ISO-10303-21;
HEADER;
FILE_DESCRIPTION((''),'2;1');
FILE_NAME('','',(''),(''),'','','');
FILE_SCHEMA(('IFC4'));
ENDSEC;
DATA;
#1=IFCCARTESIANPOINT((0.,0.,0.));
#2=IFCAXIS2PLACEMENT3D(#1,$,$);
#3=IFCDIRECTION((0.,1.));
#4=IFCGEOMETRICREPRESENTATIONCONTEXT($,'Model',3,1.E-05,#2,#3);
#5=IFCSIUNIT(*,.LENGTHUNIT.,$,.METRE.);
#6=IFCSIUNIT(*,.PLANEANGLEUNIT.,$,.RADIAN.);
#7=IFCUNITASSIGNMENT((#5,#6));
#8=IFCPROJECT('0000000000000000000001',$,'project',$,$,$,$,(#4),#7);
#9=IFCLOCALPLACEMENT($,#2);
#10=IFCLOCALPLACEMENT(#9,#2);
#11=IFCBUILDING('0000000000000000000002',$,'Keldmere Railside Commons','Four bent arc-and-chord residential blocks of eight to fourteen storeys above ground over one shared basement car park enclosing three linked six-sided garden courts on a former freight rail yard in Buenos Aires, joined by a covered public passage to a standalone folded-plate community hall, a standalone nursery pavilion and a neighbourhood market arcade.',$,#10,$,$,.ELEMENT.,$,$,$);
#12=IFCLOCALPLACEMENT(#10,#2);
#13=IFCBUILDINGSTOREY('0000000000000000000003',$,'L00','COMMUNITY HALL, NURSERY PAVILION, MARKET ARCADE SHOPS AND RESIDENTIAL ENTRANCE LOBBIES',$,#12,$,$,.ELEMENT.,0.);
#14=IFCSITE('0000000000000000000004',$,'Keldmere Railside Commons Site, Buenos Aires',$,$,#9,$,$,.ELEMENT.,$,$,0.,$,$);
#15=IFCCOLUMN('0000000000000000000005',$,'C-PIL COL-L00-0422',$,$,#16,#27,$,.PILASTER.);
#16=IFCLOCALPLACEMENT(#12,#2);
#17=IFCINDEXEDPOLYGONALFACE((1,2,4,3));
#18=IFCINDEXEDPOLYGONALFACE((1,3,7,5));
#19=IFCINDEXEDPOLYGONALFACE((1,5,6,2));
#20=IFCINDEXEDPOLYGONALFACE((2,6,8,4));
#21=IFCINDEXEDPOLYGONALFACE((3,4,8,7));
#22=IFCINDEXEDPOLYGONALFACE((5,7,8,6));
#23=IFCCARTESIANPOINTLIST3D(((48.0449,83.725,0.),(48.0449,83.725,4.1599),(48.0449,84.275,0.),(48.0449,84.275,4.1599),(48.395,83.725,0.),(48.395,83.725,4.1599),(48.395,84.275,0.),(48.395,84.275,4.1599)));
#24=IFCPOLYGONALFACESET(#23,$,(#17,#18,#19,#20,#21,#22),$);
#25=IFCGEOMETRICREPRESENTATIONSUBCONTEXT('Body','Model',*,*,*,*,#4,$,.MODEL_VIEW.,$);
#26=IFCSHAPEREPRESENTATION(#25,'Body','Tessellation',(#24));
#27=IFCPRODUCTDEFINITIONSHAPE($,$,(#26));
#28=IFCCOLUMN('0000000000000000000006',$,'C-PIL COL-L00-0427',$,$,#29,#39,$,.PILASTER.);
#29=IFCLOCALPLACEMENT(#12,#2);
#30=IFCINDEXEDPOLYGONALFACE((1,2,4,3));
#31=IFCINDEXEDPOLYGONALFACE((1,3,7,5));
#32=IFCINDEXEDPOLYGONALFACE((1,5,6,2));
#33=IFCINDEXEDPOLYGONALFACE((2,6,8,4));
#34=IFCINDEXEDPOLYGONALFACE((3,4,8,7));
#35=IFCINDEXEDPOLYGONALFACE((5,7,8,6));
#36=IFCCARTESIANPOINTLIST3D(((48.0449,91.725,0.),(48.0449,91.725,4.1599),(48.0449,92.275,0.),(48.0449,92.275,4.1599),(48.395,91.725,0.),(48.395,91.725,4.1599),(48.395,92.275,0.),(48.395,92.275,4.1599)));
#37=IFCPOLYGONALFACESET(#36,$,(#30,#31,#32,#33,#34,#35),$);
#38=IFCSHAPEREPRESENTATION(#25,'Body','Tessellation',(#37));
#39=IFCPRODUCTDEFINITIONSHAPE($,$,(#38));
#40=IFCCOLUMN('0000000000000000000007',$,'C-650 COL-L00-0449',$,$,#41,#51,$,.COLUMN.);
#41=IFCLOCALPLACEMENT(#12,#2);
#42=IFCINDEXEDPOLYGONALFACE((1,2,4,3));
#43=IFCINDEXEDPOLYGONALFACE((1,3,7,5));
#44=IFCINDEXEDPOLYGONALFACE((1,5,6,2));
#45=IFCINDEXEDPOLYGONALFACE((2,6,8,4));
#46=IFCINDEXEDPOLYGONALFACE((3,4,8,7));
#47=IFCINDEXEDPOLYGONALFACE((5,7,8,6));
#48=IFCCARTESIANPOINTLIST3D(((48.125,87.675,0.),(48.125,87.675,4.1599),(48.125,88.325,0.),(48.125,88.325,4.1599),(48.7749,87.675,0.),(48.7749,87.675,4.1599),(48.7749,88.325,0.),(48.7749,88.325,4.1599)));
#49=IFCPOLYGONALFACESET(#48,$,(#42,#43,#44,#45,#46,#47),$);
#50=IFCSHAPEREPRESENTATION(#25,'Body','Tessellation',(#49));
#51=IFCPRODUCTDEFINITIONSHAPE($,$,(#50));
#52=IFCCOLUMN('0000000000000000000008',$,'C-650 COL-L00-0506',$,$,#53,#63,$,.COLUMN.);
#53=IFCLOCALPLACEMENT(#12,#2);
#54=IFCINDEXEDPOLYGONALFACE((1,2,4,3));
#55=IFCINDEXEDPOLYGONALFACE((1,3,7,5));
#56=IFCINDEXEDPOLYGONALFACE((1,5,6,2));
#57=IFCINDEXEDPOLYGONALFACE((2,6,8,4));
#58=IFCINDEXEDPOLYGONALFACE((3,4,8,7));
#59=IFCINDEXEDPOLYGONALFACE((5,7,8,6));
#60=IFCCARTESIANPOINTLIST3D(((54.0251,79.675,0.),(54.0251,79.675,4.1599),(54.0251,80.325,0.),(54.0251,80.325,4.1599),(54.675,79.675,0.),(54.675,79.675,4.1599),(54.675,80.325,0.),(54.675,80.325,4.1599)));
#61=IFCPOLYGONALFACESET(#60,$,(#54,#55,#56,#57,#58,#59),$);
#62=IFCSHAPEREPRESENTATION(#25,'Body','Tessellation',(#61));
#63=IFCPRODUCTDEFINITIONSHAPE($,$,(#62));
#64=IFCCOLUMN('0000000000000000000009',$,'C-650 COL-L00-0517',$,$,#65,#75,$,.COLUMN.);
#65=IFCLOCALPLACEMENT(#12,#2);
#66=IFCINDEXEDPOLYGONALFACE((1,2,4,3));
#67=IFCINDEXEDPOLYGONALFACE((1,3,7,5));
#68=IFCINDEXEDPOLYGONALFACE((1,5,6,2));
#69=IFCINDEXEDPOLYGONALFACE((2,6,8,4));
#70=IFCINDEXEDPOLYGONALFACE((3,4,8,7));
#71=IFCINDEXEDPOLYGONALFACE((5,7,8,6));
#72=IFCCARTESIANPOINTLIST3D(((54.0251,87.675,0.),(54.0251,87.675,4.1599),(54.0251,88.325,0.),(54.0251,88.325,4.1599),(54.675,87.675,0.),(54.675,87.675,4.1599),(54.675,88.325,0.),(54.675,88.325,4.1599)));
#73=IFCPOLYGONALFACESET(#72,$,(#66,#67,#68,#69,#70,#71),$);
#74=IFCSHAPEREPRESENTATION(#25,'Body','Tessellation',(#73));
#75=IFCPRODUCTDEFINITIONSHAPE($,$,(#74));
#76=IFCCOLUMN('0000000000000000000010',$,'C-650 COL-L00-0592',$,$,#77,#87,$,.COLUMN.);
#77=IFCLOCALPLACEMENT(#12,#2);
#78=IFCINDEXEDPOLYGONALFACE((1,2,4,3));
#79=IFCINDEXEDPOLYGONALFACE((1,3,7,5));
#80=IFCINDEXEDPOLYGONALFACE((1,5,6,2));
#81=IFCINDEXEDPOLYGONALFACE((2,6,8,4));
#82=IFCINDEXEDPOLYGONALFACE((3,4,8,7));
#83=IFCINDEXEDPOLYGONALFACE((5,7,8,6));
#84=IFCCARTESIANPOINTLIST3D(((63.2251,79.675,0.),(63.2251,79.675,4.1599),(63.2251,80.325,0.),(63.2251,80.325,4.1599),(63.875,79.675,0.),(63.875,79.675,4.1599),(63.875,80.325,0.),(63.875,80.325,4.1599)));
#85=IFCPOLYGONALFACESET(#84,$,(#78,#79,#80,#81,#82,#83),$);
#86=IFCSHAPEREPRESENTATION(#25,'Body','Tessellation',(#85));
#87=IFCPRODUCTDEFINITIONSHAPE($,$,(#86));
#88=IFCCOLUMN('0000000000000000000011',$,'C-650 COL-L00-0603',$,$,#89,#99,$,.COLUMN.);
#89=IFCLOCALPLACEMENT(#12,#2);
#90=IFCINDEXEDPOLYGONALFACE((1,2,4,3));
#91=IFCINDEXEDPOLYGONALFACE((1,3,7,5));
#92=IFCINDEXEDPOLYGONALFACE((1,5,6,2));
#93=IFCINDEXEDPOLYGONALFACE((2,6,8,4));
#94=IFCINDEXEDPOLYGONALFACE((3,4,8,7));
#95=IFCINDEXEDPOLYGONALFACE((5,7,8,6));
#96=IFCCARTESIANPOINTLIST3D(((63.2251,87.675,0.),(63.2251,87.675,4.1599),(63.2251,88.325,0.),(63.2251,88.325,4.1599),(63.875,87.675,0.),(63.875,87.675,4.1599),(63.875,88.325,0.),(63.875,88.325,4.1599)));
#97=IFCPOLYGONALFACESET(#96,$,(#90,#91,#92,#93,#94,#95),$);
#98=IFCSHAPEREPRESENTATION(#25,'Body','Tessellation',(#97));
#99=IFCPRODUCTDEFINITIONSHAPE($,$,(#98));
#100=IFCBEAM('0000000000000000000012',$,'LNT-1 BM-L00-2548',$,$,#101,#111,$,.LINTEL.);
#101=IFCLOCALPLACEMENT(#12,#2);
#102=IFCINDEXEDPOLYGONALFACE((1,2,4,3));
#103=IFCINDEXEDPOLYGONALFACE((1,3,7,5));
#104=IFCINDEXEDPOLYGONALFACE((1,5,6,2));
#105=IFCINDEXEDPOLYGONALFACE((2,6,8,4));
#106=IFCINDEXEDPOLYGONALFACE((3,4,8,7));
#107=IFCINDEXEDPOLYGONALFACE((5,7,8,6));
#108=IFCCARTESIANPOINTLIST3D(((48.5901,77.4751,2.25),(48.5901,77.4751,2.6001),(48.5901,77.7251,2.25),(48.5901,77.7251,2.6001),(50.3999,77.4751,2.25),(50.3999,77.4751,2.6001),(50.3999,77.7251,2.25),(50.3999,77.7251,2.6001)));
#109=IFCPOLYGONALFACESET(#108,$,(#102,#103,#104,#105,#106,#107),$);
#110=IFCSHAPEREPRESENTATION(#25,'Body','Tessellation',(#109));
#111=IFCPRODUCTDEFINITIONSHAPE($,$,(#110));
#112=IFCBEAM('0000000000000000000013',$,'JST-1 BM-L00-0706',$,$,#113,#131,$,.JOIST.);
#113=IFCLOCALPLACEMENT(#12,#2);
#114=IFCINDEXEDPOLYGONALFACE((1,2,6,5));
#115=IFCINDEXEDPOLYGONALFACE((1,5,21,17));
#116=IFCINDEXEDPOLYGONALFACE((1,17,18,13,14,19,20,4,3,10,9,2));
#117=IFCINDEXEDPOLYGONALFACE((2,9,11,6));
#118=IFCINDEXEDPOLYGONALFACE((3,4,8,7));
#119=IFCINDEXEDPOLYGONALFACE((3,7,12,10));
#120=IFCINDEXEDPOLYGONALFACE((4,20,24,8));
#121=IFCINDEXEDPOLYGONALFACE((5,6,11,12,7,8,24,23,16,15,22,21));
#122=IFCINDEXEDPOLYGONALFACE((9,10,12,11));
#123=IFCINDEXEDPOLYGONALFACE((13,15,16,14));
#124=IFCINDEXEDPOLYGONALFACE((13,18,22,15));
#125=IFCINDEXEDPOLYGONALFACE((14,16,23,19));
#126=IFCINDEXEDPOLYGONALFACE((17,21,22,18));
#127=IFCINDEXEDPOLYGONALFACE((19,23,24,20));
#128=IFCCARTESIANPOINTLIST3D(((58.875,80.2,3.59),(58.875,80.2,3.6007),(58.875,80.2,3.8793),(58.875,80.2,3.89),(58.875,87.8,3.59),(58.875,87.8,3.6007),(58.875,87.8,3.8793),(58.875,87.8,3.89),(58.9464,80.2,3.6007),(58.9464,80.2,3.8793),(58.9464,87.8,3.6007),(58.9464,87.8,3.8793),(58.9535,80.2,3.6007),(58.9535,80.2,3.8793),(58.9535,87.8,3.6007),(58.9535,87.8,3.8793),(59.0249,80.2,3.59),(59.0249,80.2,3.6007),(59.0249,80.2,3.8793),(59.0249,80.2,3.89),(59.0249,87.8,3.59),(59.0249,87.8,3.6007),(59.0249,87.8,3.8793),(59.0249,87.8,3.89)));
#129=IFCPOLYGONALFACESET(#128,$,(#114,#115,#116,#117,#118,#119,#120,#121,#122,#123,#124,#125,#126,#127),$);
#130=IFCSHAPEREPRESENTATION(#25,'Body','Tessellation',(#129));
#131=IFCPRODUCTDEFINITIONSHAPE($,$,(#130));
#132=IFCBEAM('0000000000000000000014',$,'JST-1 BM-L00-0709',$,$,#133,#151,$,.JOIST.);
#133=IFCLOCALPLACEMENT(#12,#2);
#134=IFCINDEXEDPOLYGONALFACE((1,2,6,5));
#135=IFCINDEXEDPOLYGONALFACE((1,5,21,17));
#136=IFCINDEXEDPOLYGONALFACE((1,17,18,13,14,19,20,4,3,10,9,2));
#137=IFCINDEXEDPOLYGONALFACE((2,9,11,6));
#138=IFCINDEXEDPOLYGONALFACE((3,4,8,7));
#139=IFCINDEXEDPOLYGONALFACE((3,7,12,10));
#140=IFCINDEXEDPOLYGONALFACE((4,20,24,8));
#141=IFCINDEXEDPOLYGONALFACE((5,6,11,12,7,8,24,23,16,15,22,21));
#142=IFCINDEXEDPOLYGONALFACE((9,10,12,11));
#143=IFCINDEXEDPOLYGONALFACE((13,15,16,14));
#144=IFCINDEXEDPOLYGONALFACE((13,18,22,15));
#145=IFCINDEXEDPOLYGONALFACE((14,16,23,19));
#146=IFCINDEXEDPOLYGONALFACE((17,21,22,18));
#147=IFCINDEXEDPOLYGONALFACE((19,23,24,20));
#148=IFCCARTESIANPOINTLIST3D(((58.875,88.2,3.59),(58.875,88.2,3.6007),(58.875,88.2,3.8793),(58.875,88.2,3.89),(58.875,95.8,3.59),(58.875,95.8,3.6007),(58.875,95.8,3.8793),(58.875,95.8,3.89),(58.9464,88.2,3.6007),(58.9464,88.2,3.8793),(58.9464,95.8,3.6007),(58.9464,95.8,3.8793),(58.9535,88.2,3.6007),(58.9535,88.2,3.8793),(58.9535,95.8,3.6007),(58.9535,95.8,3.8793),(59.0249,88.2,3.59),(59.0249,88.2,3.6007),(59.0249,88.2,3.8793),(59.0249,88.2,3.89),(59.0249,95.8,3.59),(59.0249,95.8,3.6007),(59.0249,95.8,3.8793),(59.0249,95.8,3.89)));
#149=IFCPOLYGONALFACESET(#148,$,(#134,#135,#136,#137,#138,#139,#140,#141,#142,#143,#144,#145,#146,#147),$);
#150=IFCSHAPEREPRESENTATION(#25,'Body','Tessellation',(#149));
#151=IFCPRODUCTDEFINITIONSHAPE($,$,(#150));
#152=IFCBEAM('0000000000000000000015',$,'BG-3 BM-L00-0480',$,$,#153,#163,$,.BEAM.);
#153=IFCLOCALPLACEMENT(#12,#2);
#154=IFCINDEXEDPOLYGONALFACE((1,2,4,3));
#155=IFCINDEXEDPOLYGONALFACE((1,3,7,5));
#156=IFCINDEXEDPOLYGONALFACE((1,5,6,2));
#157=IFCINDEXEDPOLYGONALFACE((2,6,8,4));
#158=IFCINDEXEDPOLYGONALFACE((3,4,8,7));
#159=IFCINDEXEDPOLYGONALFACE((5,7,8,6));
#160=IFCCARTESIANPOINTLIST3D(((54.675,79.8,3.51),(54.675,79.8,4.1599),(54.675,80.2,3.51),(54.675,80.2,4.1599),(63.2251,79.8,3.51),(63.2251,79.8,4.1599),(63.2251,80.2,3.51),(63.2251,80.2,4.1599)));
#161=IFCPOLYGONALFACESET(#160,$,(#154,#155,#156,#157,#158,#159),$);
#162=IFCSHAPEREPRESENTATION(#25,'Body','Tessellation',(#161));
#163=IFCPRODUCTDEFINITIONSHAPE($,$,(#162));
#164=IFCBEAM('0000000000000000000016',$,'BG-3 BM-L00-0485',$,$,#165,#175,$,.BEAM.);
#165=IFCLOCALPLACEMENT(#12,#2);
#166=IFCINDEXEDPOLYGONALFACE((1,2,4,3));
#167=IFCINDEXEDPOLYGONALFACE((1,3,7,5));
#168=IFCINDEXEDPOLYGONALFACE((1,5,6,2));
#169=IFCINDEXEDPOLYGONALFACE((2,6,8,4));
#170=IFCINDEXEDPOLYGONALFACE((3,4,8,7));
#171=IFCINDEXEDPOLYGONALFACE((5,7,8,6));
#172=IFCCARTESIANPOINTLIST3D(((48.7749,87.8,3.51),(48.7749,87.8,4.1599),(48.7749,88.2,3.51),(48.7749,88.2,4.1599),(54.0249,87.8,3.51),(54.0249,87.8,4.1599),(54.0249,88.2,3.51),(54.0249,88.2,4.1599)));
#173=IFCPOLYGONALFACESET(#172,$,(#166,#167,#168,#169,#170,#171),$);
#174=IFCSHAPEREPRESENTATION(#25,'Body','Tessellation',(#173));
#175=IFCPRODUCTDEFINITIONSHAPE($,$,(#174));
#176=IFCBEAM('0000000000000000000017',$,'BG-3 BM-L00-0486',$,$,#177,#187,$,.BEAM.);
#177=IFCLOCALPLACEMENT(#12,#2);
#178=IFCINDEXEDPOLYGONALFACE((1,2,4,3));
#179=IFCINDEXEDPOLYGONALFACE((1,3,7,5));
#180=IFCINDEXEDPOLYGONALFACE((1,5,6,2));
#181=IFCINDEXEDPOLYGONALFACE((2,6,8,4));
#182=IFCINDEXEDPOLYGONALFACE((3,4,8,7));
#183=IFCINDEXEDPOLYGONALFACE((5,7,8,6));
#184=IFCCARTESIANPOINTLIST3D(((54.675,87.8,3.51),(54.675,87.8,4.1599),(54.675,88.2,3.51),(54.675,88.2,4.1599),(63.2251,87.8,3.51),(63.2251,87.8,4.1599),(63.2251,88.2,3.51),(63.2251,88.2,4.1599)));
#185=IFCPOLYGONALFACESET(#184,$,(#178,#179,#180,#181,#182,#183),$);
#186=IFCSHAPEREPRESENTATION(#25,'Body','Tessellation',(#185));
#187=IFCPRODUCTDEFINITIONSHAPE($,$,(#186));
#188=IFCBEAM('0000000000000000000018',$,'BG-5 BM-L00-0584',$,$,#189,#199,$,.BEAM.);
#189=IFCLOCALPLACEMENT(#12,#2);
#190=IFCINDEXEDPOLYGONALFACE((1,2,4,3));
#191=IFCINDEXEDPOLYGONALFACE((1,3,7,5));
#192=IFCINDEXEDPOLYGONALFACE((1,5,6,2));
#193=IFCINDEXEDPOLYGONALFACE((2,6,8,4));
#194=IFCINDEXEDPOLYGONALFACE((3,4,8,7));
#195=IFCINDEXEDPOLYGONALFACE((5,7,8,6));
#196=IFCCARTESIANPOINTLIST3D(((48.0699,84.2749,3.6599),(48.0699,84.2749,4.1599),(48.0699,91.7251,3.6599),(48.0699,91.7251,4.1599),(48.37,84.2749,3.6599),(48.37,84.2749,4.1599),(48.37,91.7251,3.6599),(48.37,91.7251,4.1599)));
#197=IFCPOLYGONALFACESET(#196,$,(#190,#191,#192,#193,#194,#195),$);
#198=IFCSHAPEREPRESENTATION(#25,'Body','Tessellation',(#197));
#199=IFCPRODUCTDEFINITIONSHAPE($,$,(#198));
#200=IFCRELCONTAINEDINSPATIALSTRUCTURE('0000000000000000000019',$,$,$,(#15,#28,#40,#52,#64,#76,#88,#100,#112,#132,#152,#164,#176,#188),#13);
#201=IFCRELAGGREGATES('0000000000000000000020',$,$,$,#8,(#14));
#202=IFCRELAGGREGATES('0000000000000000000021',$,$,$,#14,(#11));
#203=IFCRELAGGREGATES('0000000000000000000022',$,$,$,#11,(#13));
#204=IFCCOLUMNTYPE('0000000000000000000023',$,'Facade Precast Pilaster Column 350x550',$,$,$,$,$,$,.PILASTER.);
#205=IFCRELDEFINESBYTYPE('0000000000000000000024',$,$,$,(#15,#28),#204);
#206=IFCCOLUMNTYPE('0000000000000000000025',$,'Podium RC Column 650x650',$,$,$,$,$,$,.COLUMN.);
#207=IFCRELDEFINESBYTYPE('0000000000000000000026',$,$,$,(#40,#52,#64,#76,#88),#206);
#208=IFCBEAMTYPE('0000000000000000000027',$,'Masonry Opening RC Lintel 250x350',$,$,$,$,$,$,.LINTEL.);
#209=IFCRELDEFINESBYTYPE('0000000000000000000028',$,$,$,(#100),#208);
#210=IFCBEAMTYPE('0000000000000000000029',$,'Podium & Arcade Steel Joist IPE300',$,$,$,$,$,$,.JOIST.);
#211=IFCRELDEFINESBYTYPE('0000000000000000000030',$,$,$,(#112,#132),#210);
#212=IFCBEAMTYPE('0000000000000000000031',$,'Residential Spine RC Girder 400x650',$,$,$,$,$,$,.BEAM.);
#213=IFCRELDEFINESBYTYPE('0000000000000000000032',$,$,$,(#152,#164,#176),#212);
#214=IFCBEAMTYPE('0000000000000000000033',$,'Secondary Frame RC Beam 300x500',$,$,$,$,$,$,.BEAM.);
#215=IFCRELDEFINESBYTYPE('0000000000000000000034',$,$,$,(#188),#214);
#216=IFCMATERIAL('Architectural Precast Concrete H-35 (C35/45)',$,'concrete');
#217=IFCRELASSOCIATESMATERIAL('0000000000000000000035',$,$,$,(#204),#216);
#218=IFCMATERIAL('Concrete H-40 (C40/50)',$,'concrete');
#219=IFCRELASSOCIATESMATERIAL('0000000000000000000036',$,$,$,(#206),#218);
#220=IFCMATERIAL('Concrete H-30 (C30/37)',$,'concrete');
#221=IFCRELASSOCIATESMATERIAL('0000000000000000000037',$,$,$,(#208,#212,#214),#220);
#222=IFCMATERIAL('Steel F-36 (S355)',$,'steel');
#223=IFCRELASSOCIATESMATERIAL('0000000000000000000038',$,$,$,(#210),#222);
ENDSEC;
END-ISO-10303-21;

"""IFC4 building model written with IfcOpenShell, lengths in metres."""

from ifc_helpers import new_model, si_unit, direction, frame, origin, origin_2d, place, context, subcontext, project, spatial, rectangle, i_section, extrude, material, material_profile, profile_set, type_object, element, save


model = new_model("IFC4")

# Units and contexts
model_context = context("Model", 3, precision=1e-05, world=origin(), true_north=direction((0.0, 1.0)))
body_context = subcontext(model_context, "Body", "Model", "MODEL_VIEW")
ifc_project = project(units=[si_unit("LENGTHUNIT", "METRE"), si_unit("PLANEANGLEUNIT", "RADIAN")], contexts=[model_context])

# Site, building, storey
site_placement = place(None, origin())
site = spatial("IfcSite", under=ifc_project, at=site_placement, Name="Keldmere Railside Commons Site, Buenos Aires", CompositionType="ELEMENT", RefElevation=0.0)
building_placement = place(site_placement, origin())
building = spatial("IfcBuilding", under=site, at=building_placement, Name="Keldmere Railside Commons", Description="Four bent arc-and-chord residential blocks of eight to fourteen storeys above ground over one shared basement car park enclosing three linked six-sided garden courts on a former freight rail yard in Buenos Aires, joined by a covered public passage to a standalone folded-plate community hall, a standalone nursery pavilion and a neighbourhood market arcade.", CompositionType="ELEMENT")
storey_placement = place(building_placement, origin())
storey = spatial("IfcBuildingStorey", under=building, at=storey_placement, Name="L00", Description="COMMUNITY HALL, NURSERY PAVILION, MARKET ARCADE SHOPS AND RESIDENTIAL ENTRANCE LOBBIES", CompositionType="ELEMENT", Elevation=0.0)

# Columns
ifc_material_1 = material(Name="Architectural Precast Concrete H-35 (C35/45)", Category="concrete")
ifc_material_profile_1 = material_profile(ifc_material_1, rectangle(XDim=0.3501, YDim=0.55, at=origin_2d()), Name="RC-350x550")
ifc_profile_set_1 = profile_set([ifc_material_profile_1], Name="Architectural Precast Concrete H-35 (C35/45)")
column_type_1 = type_object("IfcColumnType", Name="Facade Precast Pilaster Column 350x550", PredefinedType="PILASTER", material=ifc_profile_set_1)
for number, where, z_axis, x_axis, name in (
    (1, (48.22, 84.0, 0.0), (0.0, 0.0, 1.0), (1.0, 0.0, 0.0), "C-PIL COL-L00-0422"),
    (2, (48.22, 92.0, 0.0), (0.0, 0.0, 1.0), (1.0, 0.0, 0.0), "C-PIL COL-L00-0427"),
):
    element("IfcColumn", number, at=place(storey_placement, frame(where, z_axis=z_axis, x_axis=x_axis)), inside=storey, type_object=column_type_1, Name=name, PredefinedType="PILASTER", context=body_context, shape_type="SweptSolid", body=[
        extrude(rectangle(XDim=0.3501, YDim=0.55, at=origin_2d()), origin(), (0.0, 0.0, 1.0), 4.1599),
    ])
ifc_material_2 = material(Name="Concrete H-40 (C40/50)", Category="concrete")
ifc_material_profile_2 = material_profile(ifc_material_2, rectangle(XDim=0.6499, YDim=0.6499, at=origin_2d()), Name="RC-650x650")
ifc_profile_set_2 = profile_set([ifc_material_profile_2], Name="Concrete H-40 (C40/50)")
column_type_2 = type_object("IfcColumnType", Name="Podium RC Column 650x650", PredefinedType="COLUMN", material=ifc_profile_set_2)
for number, where, z_axis, x_axis, name in (
    (3, (48.45, 88.0, 0.0), (0.0, 0.0, 1.0), (1.0, 0.0, 0.0), "C-650 COL-L00-0449"),
    (4, (54.3501, 80.0, 0.0), (0.0, 0.0, 1.0), (1.0, 0.0, 0.0), "C-650 COL-L00-0506"),
    (5, (54.3501, 88.0, 0.0), (0.0, 0.0, 1.0), (1.0, 0.0, 0.0), "C-650 COL-L00-0517"),
    (6, (63.55, 80.0, 0.0), (0.0, 0.0, 1.0), (1.0, 0.0, 0.0), "C-650 COL-L00-0592"),
    (7, (63.55, 88.0, 0.0), (0.0, 0.0, 1.0), (1.0, 0.0, 0.0), "C-650 COL-L00-0603"),
):
    element("IfcColumn", number, at=place(storey_placement, frame(where, z_axis=z_axis, x_axis=x_axis)), inside=storey, type_object=column_type_2, Name=name, PredefinedType="COLUMN", context=body_context, shape_type="SweptSolid", body=[
        extrude(rectangle(XDim=0.6499, YDim=0.6499, at=origin_2d()), origin(), (0.0, 0.0, 1.0), 4.1599),
    ])

# Beams
ifc_material_3 = material(Name="Concrete H-30 (C30/37)", Category="concrete")
ifc_material_profile_3 = material_profile(ifc_material_3, rectangle(XDim=0.25, YDim=0.3501, at=origin_2d()), Name="RC-250x350")
ifc_profile_set_3 = profile_set([ifc_material_profile_3], Name="Concrete H-30 (C30/37)")
beam_type_1 = type_object("IfcBeamType", Name="Masonry Opening RC Lintel 250x350", PredefinedType="LINTEL", material=ifc_profile_set_3)
beam_1_placement = place(storey_placement, frame((48.5901, 77.6001, 2.425), z_axis=(1.0, 0.0, 0.0), x_axis=(0.0, 1.0, 0.0)))
element("IfcBeam", 8, at=beam_1_placement, inside=storey, type_object=beam_type_1, Name="LNT-1 BM-L00-2548", PredefinedType="LINTEL", context=body_context, shape_type="SweptSolid", body=[
    extrude(rectangle(XDim=0.25, YDim=0.3501, at=origin_2d()), origin(), (0.0, 0.0, 1.0), 1.8098),
])
ifc_material_4 = material(Name="Steel F-36 (S355)", Category="steel")
ifc_material_profile_4 = material_profile(ifc_material_4, i_section(OverallWidth=0.1499, OverallDepth=0.3, WebThickness=0.0071, FlangeThickness=0.0107, at=origin_2d()), Name="IPE-300")
ifc_profile_set_4 = profile_set([ifc_material_profile_4], Name="Steel F-36 (S355)")
beam_type_2 = type_object("IfcBeamType", Name="Podium & Arcade Steel Joist IPE300", PredefinedType="JOIST", material=ifc_profile_set_4)
for number, where, z_axis, x_axis, name in (
    (9, (58.95, 80.2, 3.74), (0.0, 1.0, 0.0), (-1.0, 0.0, 0.0), "JST-1 BM-L00-0706"),
    (10, (58.95, 88.2, 3.74), (0.0, 1.0, 0.0), (-1.0, 0.0, 0.0), "JST-1 BM-L00-0709"),
):
    element("IfcBeam", number, at=place(storey_placement, frame(where, z_axis=z_axis, x_axis=x_axis)), inside=storey, type_object=beam_type_2, Name=name, PredefinedType="JOIST", context=body_context, shape_type="SweptSolid", body=[
        extrude(i_section(OverallWidth=0.1499, OverallDepth=0.3, WebThickness=0.0071, FlangeThickness=0.0107, at=origin_2d()), origin(), (0.0, 0.0, 1.0), 7.6001),
    ])
ifc_material_profile_5 = material_profile(ifc_material_3, rectangle(XDim=0.3999, YDim=0.6499, at=origin_2d()), Name="RC-400x650")
ifc_profile_set_5 = profile_set([ifc_material_profile_5], Name="Concrete H-30 (C30/37)")
beam_type_3 = type_object("IfcBeamType", Name="Residential Spine RC Girder 400x650", PredefinedType="BEAM", material=ifc_profile_set_5)
beam_2_placement = place(storey_placement, frame((54.675, 80.0, 3.835), z_axis=(1.0, 0.0, 0.0), x_axis=(0.0, 1.0, 0.0)))
element("IfcBeam", 11, at=beam_2_placement, inside=storey, type_object=beam_type_3, Name="BG-3 BM-L00-0480", PredefinedType="BEAM", context=body_context, shape_type="SweptSolid", body=[
    extrude(rectangle(XDim=0.3999, YDim=0.6499, at=origin_2d()), origin(), (0.0, 0.0, 1.0), 8.55),
])
beam_3_placement = place(storey_placement, frame((48.7749, 88.0, 3.835), z_axis=(1.0, 0.0, 0.0), x_axis=(0.0, 1.0, 0.0)))
element("IfcBeam", 12, at=beam_3_placement, inside=storey, type_object=beam_type_3, Name="BG-3 BM-L00-0485", PredefinedType="BEAM", context=body_context, shape_type="SweptSolid", body=[
    extrude(rectangle(XDim=0.3999, YDim=0.6499, at=origin_2d()), origin(), (0.0, 0.0, 1.0), 5.25),
])
beam_4_placement = place(storey_placement, frame((54.675, 88.0, 3.835), z_axis=(1.0, 0.0, 0.0), x_axis=(0.0, 1.0, 0.0)))
element("IfcBeam", 13, at=beam_4_placement, inside=storey, type_object=beam_type_3, Name="BG-3 BM-L00-0486", PredefinedType="BEAM", context=body_context, shape_type="SweptSolid", body=[
    extrude(rectangle(XDim=0.3999, YDim=0.6499, at=origin_2d()), origin(), (0.0, 0.0, 1.0), 8.55),
])
ifc_material_profile_6 = material_profile(ifc_material_3, rectangle(XDim=0.3, YDim=0.5, at=origin_2d()), Name="RC-300x500")
ifc_profile_set_6 = profile_set([ifc_material_profile_6], Name="Concrete H-30 (C30/37)")
beam_type_4 = type_object("IfcBeamType", Name="Secondary Frame RC Beam 300x500", PredefinedType="BEAM", material=ifc_profile_set_6)
beam_5_placement = place(storey_placement, frame((48.22, 84.2749, 3.9099), z_axis=(0.0, 1.0, 0.0), x_axis=(-1.0, 0.0, 0.0)))
element("IfcBeam", 14, at=beam_5_placement, inside=storey, type_object=beam_type_4, Name="BG-5 BM-L00-0584", PredefinedType="BEAM", context=body_context, shape_type="SweptSolid", body=[
    extrude(rectangle(XDim=0.3, YDim=0.5, at=origin_2d()), origin(), (0.0, 0.0, 1.0), 7.4502),
])

save(model, "model.ifc")
